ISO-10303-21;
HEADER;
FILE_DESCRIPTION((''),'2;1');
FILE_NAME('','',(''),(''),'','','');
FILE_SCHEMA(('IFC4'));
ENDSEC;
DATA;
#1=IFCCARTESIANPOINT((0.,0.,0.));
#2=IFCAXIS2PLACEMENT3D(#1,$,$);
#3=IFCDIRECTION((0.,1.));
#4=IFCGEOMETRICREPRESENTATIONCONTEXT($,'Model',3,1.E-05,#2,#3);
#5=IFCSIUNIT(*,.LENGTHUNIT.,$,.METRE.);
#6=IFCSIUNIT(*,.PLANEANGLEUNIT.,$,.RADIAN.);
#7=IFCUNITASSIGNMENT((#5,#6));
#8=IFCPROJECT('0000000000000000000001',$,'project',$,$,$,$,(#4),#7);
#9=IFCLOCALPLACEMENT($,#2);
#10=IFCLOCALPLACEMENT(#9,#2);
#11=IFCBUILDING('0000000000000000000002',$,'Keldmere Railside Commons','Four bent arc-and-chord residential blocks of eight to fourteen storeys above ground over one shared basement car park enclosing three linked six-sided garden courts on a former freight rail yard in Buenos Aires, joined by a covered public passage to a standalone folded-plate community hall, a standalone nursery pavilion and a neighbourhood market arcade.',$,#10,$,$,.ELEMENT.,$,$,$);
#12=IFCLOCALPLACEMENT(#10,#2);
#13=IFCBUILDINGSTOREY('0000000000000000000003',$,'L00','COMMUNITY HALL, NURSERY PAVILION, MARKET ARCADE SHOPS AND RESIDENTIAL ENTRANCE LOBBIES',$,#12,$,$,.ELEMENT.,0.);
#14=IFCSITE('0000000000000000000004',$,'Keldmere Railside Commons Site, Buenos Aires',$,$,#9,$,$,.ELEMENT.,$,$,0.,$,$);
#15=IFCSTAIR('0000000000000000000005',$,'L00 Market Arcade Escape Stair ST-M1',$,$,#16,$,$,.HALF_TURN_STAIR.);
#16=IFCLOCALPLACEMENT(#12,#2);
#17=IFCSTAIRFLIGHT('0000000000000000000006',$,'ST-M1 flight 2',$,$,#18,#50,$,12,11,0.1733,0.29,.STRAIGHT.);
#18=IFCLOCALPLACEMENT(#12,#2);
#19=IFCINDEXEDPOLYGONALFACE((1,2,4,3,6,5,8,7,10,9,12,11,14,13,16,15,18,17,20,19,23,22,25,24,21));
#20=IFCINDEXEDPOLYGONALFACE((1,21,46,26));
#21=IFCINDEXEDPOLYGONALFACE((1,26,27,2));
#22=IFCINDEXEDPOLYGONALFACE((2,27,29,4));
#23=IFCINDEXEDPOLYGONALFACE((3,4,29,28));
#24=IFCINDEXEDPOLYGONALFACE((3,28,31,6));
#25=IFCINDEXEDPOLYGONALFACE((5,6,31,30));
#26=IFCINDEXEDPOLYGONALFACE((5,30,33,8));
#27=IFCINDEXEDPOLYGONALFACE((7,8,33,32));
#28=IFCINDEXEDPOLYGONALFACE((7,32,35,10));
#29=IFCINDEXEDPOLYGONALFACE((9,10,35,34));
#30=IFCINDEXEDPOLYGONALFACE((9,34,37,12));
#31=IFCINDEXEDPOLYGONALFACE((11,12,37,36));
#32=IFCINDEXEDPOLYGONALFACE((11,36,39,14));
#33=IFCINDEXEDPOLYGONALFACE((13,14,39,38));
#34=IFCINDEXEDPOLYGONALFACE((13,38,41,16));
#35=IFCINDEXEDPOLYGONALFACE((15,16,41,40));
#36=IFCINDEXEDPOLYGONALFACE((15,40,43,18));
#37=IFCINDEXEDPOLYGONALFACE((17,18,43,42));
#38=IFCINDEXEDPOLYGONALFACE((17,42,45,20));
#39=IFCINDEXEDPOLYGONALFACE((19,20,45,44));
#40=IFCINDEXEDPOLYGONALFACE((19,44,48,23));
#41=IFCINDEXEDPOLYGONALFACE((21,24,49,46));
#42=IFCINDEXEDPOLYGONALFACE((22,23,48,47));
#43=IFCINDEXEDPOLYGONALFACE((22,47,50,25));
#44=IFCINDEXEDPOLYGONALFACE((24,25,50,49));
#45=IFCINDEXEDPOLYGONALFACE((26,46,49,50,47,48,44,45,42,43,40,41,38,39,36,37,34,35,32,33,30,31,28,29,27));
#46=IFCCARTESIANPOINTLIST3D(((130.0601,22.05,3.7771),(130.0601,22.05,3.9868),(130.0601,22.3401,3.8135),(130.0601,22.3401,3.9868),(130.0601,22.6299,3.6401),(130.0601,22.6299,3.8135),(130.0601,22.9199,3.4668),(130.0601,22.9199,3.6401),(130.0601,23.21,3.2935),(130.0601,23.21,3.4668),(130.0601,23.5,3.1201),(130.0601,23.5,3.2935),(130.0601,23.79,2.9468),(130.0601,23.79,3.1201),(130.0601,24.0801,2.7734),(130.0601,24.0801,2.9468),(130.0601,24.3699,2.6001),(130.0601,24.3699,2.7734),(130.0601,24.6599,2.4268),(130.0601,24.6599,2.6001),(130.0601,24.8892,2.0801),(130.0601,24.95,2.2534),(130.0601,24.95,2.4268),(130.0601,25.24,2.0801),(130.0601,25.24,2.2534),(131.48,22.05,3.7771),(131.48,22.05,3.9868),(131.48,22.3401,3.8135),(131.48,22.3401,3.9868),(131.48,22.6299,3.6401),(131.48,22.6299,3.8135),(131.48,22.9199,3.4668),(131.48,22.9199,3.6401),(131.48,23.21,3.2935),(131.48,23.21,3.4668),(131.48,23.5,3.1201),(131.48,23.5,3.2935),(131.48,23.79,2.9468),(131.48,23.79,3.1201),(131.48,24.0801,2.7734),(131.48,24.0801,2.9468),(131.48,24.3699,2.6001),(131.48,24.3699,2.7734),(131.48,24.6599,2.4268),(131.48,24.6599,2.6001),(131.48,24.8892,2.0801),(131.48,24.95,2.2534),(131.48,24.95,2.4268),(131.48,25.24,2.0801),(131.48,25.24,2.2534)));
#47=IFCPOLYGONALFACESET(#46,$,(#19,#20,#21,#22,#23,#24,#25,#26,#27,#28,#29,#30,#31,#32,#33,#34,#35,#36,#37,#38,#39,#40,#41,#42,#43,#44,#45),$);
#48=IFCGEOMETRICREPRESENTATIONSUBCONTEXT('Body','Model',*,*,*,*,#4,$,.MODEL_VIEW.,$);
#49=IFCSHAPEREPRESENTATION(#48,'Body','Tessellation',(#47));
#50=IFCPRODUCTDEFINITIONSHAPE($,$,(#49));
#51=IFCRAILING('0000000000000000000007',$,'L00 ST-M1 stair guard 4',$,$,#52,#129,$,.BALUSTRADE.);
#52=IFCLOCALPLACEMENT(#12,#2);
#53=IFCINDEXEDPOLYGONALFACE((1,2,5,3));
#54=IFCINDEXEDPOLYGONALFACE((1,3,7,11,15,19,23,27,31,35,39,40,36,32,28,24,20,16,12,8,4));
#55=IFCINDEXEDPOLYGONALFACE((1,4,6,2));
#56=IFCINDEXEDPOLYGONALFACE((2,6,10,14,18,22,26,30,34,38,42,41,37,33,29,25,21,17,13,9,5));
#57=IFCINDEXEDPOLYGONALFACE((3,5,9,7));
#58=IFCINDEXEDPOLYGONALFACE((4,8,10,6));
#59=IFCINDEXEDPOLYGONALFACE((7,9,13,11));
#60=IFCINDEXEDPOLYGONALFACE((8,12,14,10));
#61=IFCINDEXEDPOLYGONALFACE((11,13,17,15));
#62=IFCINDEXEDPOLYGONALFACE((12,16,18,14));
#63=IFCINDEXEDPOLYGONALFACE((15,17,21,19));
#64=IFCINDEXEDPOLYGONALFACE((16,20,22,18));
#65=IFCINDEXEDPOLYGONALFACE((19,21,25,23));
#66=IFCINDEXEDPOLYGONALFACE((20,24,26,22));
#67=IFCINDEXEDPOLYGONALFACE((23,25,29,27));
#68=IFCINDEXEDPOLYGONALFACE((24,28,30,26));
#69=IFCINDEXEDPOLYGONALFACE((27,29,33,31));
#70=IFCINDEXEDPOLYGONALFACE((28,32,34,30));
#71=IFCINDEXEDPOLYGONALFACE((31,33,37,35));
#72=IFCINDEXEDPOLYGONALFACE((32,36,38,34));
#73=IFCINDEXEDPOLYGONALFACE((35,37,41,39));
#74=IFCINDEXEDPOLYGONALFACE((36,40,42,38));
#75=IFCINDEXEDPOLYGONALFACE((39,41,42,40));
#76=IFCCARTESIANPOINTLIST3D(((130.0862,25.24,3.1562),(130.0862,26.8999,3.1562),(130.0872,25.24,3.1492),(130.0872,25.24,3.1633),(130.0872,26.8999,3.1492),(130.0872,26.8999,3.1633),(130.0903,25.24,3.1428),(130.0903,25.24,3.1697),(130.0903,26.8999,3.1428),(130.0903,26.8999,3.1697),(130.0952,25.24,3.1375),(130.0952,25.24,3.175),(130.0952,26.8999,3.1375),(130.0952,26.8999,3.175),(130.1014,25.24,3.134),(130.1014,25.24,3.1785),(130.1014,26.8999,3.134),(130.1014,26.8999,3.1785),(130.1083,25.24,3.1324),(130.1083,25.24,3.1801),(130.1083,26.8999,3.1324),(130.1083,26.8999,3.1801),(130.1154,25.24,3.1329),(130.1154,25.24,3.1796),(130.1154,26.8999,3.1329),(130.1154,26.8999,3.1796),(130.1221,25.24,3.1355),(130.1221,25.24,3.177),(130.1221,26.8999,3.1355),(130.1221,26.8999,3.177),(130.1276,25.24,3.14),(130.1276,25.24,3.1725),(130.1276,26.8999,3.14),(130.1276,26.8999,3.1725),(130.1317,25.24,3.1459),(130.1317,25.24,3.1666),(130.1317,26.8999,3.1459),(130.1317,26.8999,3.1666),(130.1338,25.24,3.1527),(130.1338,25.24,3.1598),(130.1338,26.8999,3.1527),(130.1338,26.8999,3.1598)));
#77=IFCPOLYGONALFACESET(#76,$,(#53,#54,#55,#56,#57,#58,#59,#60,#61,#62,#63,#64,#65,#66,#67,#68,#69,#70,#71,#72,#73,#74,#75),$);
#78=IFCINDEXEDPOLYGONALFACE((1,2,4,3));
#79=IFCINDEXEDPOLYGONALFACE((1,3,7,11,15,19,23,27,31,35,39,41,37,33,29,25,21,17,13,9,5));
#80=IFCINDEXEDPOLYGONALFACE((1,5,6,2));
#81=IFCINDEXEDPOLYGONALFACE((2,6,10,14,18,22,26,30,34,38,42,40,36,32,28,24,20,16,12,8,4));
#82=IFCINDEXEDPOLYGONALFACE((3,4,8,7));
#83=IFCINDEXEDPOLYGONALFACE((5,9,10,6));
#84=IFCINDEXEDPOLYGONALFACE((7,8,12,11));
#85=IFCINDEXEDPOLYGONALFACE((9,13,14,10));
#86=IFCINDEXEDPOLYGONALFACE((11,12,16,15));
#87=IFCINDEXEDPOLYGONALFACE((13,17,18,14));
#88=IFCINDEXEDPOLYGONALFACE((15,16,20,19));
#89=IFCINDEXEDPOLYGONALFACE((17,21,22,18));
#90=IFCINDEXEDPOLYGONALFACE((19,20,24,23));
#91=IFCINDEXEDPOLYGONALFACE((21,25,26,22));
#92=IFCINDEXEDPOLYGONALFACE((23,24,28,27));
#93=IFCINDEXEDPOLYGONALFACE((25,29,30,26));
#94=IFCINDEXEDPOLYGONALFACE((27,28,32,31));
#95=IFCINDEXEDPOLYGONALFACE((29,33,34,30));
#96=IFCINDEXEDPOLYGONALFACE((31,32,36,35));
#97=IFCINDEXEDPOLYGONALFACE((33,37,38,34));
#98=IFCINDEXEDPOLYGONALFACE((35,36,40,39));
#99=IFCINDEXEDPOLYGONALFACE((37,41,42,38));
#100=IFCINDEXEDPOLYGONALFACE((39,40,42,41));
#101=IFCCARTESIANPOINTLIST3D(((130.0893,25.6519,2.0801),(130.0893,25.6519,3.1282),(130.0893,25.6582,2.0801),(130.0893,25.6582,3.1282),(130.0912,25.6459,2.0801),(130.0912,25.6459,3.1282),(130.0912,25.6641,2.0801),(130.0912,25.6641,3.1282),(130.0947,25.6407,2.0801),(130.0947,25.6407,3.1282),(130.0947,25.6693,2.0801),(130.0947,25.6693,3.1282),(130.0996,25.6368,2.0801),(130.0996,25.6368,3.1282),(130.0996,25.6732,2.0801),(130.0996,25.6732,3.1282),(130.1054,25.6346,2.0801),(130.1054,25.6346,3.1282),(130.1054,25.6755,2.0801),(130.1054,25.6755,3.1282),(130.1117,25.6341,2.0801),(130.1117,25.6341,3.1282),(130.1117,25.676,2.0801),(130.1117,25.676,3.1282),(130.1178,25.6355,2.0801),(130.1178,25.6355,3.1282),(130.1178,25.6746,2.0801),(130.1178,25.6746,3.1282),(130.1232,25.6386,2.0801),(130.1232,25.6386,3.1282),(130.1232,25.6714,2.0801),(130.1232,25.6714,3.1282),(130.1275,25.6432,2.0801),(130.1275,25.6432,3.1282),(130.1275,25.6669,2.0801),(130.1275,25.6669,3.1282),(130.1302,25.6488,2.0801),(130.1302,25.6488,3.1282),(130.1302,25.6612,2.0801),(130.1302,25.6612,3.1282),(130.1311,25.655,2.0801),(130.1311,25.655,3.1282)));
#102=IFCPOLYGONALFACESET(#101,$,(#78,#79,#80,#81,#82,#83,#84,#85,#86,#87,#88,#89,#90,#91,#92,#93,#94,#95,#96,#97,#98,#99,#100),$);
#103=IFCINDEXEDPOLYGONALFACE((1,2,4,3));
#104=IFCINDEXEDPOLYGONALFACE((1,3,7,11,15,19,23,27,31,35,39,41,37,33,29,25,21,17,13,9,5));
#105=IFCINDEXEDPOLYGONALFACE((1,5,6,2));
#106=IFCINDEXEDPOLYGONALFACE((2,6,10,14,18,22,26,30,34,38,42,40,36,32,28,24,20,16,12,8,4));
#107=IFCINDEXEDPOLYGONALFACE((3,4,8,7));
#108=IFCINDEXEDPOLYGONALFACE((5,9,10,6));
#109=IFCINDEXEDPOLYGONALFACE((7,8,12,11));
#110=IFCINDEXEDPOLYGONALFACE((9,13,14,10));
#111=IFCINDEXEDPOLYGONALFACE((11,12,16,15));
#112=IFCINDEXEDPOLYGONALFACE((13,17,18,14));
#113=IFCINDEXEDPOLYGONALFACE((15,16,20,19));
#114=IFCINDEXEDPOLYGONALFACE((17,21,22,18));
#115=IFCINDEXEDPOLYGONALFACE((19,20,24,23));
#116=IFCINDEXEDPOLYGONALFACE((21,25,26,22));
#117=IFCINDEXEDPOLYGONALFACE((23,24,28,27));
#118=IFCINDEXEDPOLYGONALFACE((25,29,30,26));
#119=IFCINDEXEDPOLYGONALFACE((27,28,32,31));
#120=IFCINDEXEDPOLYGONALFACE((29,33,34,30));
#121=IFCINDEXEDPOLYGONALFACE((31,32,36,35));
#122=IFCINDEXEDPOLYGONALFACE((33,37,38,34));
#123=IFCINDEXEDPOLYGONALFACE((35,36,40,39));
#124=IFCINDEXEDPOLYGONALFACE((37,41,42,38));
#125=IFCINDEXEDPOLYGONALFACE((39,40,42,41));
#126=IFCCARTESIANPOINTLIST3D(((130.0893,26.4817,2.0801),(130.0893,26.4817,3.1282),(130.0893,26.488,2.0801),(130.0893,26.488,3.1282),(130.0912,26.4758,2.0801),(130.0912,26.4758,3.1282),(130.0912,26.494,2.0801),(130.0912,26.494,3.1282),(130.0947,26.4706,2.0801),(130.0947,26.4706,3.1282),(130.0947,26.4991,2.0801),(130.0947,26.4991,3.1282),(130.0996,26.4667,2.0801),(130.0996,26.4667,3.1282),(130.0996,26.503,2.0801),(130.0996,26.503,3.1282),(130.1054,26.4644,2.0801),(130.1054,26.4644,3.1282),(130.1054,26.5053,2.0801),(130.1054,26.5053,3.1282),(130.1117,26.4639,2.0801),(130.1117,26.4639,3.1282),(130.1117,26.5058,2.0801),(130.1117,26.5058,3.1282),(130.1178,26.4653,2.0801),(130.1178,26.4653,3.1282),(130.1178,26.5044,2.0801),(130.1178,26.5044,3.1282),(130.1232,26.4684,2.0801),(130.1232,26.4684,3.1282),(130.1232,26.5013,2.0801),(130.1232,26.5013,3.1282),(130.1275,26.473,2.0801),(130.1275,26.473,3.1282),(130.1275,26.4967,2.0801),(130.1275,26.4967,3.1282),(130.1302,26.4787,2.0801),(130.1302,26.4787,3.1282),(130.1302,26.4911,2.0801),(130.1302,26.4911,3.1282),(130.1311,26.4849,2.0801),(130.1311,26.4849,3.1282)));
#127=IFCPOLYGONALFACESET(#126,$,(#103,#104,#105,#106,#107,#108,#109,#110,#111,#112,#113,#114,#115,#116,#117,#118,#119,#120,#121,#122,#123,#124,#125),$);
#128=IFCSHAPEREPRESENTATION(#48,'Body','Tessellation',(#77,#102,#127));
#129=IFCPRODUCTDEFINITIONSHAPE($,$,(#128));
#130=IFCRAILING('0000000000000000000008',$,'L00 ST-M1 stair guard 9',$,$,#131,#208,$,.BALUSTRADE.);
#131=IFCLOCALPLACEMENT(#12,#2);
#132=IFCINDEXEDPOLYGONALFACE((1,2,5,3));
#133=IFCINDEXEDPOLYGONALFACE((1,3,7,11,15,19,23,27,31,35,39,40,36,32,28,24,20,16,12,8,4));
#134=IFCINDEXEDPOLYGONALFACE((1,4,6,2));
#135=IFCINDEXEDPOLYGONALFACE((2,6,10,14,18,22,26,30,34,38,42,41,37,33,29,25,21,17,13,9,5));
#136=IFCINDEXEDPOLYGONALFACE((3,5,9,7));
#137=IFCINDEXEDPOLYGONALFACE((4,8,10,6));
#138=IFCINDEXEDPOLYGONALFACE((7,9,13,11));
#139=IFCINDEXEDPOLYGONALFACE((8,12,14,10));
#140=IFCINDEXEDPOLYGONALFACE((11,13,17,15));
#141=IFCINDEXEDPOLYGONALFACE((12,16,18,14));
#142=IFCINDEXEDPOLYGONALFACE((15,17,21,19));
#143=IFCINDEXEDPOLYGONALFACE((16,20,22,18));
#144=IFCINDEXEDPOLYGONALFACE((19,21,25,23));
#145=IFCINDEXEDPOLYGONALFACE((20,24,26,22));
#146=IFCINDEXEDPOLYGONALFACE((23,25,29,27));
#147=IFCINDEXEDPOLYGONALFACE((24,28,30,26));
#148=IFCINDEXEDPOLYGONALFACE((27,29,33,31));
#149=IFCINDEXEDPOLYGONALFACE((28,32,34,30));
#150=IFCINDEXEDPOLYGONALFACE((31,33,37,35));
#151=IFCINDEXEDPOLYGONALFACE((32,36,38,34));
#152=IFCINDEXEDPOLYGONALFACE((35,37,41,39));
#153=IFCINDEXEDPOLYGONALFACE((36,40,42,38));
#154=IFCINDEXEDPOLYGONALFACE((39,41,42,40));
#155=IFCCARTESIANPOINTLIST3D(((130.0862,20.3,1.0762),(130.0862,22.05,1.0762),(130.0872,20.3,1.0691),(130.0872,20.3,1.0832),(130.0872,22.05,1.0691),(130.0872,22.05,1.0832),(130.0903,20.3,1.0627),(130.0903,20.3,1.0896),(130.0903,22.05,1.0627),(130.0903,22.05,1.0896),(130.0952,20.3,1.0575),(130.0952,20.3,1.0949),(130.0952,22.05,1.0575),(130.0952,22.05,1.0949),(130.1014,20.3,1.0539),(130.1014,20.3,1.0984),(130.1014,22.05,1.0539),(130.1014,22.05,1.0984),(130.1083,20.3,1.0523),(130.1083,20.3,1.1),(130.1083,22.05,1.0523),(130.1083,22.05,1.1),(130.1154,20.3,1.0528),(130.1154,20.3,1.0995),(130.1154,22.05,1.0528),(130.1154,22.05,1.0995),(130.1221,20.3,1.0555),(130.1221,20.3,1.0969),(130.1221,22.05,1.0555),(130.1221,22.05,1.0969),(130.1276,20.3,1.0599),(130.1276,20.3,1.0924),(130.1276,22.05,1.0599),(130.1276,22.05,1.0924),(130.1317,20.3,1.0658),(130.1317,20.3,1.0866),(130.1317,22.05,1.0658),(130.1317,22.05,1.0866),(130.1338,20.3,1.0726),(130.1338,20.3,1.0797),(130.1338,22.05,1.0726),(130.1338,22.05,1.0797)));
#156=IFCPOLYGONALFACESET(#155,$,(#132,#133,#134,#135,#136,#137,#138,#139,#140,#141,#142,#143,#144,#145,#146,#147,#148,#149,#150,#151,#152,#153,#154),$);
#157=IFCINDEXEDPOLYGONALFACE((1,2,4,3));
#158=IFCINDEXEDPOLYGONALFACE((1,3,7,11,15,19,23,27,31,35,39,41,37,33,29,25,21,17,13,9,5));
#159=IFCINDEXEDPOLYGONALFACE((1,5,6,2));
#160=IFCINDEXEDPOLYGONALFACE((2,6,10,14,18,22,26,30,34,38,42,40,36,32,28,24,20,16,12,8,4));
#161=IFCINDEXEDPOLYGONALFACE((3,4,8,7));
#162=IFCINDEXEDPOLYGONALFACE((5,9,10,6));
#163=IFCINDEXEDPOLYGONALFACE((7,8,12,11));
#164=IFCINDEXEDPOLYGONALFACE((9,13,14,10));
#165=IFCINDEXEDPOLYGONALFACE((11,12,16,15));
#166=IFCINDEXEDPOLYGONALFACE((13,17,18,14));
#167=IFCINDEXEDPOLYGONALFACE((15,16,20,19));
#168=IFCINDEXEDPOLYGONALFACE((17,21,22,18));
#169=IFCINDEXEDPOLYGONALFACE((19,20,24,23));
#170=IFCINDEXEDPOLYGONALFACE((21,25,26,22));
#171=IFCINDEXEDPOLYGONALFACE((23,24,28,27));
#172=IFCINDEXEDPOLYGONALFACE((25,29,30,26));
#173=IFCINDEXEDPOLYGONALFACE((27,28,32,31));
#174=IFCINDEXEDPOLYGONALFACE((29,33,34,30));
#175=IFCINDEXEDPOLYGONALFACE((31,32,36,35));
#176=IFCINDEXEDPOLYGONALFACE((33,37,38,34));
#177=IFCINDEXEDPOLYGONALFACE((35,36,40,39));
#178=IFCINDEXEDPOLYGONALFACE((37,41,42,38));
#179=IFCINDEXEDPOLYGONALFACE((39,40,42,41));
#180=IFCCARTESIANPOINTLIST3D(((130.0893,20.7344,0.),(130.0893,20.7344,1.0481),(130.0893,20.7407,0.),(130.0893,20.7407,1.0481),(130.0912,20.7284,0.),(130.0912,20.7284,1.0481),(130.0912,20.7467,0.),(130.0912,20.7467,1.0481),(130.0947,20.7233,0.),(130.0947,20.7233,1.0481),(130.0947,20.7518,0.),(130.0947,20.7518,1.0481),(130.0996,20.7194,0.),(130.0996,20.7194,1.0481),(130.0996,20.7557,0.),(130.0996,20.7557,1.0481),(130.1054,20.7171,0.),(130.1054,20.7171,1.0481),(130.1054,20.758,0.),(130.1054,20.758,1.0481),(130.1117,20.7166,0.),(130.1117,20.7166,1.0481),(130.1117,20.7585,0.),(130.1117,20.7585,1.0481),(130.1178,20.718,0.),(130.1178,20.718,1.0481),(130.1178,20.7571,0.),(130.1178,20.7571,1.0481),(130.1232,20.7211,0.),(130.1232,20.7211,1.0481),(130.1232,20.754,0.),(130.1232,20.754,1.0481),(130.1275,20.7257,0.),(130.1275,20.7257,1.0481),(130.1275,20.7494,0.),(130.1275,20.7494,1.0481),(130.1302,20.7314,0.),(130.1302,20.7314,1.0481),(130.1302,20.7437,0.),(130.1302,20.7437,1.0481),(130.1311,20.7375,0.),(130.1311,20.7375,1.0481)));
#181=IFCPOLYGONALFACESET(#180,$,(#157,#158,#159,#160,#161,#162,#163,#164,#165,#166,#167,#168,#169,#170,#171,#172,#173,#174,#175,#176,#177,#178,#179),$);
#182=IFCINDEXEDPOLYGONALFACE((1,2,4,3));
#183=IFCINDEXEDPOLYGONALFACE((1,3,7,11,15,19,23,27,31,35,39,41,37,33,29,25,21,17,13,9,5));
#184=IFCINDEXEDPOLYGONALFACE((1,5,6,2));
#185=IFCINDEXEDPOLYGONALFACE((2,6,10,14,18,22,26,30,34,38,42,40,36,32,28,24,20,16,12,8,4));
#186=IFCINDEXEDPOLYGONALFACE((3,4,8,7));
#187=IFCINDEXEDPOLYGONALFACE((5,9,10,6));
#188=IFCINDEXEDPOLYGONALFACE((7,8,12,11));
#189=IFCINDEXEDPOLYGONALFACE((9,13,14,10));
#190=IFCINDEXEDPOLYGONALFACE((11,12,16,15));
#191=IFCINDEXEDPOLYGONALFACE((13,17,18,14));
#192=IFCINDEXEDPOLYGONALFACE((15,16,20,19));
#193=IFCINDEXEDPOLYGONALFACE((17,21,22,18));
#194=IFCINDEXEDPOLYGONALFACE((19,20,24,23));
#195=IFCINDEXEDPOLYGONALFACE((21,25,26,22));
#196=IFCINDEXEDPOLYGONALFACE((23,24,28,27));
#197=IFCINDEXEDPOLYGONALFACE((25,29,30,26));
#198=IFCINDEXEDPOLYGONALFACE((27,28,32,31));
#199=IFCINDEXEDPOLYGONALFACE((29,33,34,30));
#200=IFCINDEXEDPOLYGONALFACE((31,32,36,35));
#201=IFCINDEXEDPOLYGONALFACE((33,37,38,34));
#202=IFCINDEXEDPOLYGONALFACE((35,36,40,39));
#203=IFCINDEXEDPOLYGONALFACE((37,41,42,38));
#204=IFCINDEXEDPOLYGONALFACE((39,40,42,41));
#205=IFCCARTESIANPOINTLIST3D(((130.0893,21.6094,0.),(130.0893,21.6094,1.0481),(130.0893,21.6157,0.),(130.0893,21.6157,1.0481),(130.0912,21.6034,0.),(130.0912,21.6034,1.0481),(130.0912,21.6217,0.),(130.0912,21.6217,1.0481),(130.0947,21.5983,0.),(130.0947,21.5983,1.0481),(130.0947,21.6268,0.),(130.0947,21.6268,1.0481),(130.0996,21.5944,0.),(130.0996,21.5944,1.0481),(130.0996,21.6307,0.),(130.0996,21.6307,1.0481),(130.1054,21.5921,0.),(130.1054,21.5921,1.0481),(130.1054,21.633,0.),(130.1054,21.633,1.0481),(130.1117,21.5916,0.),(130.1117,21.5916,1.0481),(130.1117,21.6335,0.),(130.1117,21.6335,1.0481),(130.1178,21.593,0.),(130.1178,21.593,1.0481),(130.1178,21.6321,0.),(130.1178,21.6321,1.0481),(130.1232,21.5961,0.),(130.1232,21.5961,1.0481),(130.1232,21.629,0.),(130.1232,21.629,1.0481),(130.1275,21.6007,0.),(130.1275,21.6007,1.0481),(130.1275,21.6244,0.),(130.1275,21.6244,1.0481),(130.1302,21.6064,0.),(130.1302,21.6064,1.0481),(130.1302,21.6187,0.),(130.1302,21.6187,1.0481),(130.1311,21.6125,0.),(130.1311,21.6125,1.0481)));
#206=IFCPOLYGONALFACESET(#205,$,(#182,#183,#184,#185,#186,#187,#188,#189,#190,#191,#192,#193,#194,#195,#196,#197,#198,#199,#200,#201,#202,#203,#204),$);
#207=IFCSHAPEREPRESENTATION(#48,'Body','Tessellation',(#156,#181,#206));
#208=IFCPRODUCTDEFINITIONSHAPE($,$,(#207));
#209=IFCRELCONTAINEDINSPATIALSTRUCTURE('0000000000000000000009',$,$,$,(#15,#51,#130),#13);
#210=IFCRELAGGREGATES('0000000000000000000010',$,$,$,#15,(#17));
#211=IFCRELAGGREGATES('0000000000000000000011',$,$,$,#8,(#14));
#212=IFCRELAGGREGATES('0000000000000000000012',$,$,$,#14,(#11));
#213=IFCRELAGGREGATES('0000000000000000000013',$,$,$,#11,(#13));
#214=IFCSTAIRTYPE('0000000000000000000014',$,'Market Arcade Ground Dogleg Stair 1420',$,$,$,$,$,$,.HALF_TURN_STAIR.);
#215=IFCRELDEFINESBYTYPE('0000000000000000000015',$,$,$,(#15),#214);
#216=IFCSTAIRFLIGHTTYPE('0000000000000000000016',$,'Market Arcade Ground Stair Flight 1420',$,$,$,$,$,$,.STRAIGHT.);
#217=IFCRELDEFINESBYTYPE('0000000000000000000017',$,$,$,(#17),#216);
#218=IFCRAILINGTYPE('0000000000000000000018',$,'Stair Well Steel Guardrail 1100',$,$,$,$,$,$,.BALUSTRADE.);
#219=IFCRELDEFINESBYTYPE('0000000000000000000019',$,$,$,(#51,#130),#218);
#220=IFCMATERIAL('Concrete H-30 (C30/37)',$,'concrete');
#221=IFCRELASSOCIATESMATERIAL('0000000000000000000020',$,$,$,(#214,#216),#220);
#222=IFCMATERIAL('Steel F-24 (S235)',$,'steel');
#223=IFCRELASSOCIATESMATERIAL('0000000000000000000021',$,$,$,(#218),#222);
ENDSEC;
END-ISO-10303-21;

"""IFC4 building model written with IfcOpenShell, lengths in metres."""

from ifc_helpers import new_model, si_unit, direction, frame, origin, origin_2d, place, context, subcontext, project, spatial, polyline, circle, outline, extrude, material, type_object, element, aggregate, save


model = new_model("IFC4")

# Units and contexts
model_context = context("Model", 3, precision=1e-05, world=origin(), true_north=direction((0.0, 1.0)))
body_context = subcontext(model_context, "Body", "Model", "MODEL_VIEW")
ifc_project = project(units=[si_unit("LENGTHUNIT", "METRE"), si_unit("PLANEANGLEUNIT", "RADIAN")], contexts=[model_context])

# Site, building, storey
site_placement = place(None, origin())
site = spatial("IfcSite", under=ifc_project, at=site_placement, Name="Keldmere Railside Commons Site, Buenos Aires", CompositionType="ELEMENT", RefElevation=0.0)
building_placement = place(site_placement, origin())
building = spatial("IfcBuilding", under=site, at=building_placement, Name="Keldmere Railside Commons", Description="Four bent arc-and-chord residential blocks of eight to fourteen storeys above ground over one shared basement car park enclosing three linked six-sided garden courts on a former freight rail yard in Buenos Aires, joined by a covered public passage to a standalone folded-plate community hall, a standalone nursery pavilion and a neighbourhood market arcade.", CompositionType="ELEMENT")
storey_placement = place(building_placement, origin())
storey = spatial("IfcBuildingStorey", under=building, at=storey_placement, Name="L00", Description="COMMUNITY HALL, NURSERY PAVILION, MARKET ARCADE SHOPS AND RESIDENTIAL ENTRANCE LOBBIES", CompositionType="ELEMENT", Elevation=0.0)

# Shared definitions
ifc_material_1 = material(Name="Concrete H-30 (C30/37)", Category="concrete")

# Stair, stair flight
stair_type = type_object("IfcStairType", Name="Market Arcade Ground Dogleg Stair 1420", PredefinedType="HALF_TURN_STAIR", material=ifc_material_1)
stair_placement = place(storey_placement, origin())
stair = element("IfcStair", 1, at=stair_placement, inside=storey, type_object=stair_type, Name="L00 Market Arcade Escape Stair ST-M1", PredefinedType="HALF_TURN_STAIR")
stair_flight_type = type_object("IfcStairFlightType", Name="Market Arcade Ground Stair Flight 1420", PredefinedType="STRAIGHT", material=ifc_material_1)
stair_flight_placement = place(storey_placement, frame((130.77, 25.24, 2.0801), z_axis=(0.0, 0.0, 1.0), x_axis=(0.0, -1.0, 0.0)))
stair_flight = element("IfcStairFlight", 2, at=stair_flight_placement, type_object=stair_flight_type, Name="ST-M1 flight 2", NumberOfRisers=12, NumberOfTreads=11, PredefinedType="STRAIGHT", RiserHeight=0.1733, TreadLength=0.29, context=body_context, shape_type="SweptSolid", body=[
    extrude(outline(polyline([(0.0, 0.0), (0.0, 0.1733), (0.29, 0.1733), (0.29, 0.3467), (0.5801, 0.3467), (0.5801, 0.52), (0.8701, 0.52), (0.8701, 0.6934), (1.1599, 0.6934), (1.1599, 0.8667), (1.45, 0.8667), (1.45, 1.04), (1.74, 1.04), (1.74, 1.2134), (2.03, 1.2134), (2.03, 1.3867), (2.3201, 1.3867), (2.3201, 1.5601), (2.6101, 1.5601), (2.6101, 1.7334), (2.8999, 1.7334), (2.8999, 1.9067), (3.1899, 1.9067), (3.1899, 2.0801), (3.1899, 1.697), (0.3508, 0.0), (0.0, 0.0)])), frame((0.0, 0.71, 0.0), z_axis=(0.0, -1.0, 0.0), x_axis=(1.0, 0.0, 0.0)), (0.0, 0.0, 1.0), 1.4199),
])
aggregate(stair, [stair_flight])

# Railings
ifc_material_2 = material(Name="Steel F-24 (S235)", Category="steel")
railing_type_1 = type_object("IfcRailingType", Name="Stair Well Steel Guardrail 1100", PredefinedType="BALUSTRADE", material=ifc_material_2)
railing_1_placement = place(storey_placement, frame((130.1101, 25.24, 2.0801)))
element("IfcRailing", 3, at=railing_1_placement, inside=storey, type_object=railing_type_1, Name="L00 ST-M1 stair guard 4", PredefinedType="BALUSTRADE", context=body_context, shape_type="SweptSolid", body=[
    extrude(circle(Radius=0.0239, at=origin_2d()), frame((0.0, 0.0, 1.0762), z_axis=(0.0, 1.0, 0.0), x_axis=(-1.0, 0.0, 0.0)), (0.0, 0.0, 1.0), 1.6599),
    extrude(circle(Radius=0.021, at=origin_2d()), frame((0.0, 0.415, 0.0)), (0.0, 0.0, 1.0), 1.0481),
    extrude(circle(Radius=0.021, at=origin_2d()), frame((0.0, 1.2449, 0.0)), (0.0, 0.0, 1.0), 1.0481),
])
railing_2_placement = place(storey_placement, frame((130.1101, 20.3, 0.0)))
element("IfcRailing", 4, at=railing_2_placement, inside=storey, type_object=railing_type_1, Name="L00 ST-M1 stair guard 9", PredefinedType="BALUSTRADE", context=body_context, shape_type="SweptSolid", body=[
    extrude(circle(Radius=0.0239, at=origin_2d()), frame((0.0, 0.0, 1.0762), z_axis=(0.0, 1.0, 0.0), x_axis=(-1.0, 0.0, 0.0)), (0.0, 0.0, 1.0), 1.75),
    extrude(circle(Radius=0.021, at=origin_2d()), frame((0.0, 0.4375, 0.0)), (0.0, 0.0, 1.0), 1.0481),
    extrude(circle(Radius=0.021, at=origin_2d()), frame((0.0, 1.3125, 0.0)), (0.0, 0.0, 1.0), 1.0481),
])

save(model, "model.ifc")
